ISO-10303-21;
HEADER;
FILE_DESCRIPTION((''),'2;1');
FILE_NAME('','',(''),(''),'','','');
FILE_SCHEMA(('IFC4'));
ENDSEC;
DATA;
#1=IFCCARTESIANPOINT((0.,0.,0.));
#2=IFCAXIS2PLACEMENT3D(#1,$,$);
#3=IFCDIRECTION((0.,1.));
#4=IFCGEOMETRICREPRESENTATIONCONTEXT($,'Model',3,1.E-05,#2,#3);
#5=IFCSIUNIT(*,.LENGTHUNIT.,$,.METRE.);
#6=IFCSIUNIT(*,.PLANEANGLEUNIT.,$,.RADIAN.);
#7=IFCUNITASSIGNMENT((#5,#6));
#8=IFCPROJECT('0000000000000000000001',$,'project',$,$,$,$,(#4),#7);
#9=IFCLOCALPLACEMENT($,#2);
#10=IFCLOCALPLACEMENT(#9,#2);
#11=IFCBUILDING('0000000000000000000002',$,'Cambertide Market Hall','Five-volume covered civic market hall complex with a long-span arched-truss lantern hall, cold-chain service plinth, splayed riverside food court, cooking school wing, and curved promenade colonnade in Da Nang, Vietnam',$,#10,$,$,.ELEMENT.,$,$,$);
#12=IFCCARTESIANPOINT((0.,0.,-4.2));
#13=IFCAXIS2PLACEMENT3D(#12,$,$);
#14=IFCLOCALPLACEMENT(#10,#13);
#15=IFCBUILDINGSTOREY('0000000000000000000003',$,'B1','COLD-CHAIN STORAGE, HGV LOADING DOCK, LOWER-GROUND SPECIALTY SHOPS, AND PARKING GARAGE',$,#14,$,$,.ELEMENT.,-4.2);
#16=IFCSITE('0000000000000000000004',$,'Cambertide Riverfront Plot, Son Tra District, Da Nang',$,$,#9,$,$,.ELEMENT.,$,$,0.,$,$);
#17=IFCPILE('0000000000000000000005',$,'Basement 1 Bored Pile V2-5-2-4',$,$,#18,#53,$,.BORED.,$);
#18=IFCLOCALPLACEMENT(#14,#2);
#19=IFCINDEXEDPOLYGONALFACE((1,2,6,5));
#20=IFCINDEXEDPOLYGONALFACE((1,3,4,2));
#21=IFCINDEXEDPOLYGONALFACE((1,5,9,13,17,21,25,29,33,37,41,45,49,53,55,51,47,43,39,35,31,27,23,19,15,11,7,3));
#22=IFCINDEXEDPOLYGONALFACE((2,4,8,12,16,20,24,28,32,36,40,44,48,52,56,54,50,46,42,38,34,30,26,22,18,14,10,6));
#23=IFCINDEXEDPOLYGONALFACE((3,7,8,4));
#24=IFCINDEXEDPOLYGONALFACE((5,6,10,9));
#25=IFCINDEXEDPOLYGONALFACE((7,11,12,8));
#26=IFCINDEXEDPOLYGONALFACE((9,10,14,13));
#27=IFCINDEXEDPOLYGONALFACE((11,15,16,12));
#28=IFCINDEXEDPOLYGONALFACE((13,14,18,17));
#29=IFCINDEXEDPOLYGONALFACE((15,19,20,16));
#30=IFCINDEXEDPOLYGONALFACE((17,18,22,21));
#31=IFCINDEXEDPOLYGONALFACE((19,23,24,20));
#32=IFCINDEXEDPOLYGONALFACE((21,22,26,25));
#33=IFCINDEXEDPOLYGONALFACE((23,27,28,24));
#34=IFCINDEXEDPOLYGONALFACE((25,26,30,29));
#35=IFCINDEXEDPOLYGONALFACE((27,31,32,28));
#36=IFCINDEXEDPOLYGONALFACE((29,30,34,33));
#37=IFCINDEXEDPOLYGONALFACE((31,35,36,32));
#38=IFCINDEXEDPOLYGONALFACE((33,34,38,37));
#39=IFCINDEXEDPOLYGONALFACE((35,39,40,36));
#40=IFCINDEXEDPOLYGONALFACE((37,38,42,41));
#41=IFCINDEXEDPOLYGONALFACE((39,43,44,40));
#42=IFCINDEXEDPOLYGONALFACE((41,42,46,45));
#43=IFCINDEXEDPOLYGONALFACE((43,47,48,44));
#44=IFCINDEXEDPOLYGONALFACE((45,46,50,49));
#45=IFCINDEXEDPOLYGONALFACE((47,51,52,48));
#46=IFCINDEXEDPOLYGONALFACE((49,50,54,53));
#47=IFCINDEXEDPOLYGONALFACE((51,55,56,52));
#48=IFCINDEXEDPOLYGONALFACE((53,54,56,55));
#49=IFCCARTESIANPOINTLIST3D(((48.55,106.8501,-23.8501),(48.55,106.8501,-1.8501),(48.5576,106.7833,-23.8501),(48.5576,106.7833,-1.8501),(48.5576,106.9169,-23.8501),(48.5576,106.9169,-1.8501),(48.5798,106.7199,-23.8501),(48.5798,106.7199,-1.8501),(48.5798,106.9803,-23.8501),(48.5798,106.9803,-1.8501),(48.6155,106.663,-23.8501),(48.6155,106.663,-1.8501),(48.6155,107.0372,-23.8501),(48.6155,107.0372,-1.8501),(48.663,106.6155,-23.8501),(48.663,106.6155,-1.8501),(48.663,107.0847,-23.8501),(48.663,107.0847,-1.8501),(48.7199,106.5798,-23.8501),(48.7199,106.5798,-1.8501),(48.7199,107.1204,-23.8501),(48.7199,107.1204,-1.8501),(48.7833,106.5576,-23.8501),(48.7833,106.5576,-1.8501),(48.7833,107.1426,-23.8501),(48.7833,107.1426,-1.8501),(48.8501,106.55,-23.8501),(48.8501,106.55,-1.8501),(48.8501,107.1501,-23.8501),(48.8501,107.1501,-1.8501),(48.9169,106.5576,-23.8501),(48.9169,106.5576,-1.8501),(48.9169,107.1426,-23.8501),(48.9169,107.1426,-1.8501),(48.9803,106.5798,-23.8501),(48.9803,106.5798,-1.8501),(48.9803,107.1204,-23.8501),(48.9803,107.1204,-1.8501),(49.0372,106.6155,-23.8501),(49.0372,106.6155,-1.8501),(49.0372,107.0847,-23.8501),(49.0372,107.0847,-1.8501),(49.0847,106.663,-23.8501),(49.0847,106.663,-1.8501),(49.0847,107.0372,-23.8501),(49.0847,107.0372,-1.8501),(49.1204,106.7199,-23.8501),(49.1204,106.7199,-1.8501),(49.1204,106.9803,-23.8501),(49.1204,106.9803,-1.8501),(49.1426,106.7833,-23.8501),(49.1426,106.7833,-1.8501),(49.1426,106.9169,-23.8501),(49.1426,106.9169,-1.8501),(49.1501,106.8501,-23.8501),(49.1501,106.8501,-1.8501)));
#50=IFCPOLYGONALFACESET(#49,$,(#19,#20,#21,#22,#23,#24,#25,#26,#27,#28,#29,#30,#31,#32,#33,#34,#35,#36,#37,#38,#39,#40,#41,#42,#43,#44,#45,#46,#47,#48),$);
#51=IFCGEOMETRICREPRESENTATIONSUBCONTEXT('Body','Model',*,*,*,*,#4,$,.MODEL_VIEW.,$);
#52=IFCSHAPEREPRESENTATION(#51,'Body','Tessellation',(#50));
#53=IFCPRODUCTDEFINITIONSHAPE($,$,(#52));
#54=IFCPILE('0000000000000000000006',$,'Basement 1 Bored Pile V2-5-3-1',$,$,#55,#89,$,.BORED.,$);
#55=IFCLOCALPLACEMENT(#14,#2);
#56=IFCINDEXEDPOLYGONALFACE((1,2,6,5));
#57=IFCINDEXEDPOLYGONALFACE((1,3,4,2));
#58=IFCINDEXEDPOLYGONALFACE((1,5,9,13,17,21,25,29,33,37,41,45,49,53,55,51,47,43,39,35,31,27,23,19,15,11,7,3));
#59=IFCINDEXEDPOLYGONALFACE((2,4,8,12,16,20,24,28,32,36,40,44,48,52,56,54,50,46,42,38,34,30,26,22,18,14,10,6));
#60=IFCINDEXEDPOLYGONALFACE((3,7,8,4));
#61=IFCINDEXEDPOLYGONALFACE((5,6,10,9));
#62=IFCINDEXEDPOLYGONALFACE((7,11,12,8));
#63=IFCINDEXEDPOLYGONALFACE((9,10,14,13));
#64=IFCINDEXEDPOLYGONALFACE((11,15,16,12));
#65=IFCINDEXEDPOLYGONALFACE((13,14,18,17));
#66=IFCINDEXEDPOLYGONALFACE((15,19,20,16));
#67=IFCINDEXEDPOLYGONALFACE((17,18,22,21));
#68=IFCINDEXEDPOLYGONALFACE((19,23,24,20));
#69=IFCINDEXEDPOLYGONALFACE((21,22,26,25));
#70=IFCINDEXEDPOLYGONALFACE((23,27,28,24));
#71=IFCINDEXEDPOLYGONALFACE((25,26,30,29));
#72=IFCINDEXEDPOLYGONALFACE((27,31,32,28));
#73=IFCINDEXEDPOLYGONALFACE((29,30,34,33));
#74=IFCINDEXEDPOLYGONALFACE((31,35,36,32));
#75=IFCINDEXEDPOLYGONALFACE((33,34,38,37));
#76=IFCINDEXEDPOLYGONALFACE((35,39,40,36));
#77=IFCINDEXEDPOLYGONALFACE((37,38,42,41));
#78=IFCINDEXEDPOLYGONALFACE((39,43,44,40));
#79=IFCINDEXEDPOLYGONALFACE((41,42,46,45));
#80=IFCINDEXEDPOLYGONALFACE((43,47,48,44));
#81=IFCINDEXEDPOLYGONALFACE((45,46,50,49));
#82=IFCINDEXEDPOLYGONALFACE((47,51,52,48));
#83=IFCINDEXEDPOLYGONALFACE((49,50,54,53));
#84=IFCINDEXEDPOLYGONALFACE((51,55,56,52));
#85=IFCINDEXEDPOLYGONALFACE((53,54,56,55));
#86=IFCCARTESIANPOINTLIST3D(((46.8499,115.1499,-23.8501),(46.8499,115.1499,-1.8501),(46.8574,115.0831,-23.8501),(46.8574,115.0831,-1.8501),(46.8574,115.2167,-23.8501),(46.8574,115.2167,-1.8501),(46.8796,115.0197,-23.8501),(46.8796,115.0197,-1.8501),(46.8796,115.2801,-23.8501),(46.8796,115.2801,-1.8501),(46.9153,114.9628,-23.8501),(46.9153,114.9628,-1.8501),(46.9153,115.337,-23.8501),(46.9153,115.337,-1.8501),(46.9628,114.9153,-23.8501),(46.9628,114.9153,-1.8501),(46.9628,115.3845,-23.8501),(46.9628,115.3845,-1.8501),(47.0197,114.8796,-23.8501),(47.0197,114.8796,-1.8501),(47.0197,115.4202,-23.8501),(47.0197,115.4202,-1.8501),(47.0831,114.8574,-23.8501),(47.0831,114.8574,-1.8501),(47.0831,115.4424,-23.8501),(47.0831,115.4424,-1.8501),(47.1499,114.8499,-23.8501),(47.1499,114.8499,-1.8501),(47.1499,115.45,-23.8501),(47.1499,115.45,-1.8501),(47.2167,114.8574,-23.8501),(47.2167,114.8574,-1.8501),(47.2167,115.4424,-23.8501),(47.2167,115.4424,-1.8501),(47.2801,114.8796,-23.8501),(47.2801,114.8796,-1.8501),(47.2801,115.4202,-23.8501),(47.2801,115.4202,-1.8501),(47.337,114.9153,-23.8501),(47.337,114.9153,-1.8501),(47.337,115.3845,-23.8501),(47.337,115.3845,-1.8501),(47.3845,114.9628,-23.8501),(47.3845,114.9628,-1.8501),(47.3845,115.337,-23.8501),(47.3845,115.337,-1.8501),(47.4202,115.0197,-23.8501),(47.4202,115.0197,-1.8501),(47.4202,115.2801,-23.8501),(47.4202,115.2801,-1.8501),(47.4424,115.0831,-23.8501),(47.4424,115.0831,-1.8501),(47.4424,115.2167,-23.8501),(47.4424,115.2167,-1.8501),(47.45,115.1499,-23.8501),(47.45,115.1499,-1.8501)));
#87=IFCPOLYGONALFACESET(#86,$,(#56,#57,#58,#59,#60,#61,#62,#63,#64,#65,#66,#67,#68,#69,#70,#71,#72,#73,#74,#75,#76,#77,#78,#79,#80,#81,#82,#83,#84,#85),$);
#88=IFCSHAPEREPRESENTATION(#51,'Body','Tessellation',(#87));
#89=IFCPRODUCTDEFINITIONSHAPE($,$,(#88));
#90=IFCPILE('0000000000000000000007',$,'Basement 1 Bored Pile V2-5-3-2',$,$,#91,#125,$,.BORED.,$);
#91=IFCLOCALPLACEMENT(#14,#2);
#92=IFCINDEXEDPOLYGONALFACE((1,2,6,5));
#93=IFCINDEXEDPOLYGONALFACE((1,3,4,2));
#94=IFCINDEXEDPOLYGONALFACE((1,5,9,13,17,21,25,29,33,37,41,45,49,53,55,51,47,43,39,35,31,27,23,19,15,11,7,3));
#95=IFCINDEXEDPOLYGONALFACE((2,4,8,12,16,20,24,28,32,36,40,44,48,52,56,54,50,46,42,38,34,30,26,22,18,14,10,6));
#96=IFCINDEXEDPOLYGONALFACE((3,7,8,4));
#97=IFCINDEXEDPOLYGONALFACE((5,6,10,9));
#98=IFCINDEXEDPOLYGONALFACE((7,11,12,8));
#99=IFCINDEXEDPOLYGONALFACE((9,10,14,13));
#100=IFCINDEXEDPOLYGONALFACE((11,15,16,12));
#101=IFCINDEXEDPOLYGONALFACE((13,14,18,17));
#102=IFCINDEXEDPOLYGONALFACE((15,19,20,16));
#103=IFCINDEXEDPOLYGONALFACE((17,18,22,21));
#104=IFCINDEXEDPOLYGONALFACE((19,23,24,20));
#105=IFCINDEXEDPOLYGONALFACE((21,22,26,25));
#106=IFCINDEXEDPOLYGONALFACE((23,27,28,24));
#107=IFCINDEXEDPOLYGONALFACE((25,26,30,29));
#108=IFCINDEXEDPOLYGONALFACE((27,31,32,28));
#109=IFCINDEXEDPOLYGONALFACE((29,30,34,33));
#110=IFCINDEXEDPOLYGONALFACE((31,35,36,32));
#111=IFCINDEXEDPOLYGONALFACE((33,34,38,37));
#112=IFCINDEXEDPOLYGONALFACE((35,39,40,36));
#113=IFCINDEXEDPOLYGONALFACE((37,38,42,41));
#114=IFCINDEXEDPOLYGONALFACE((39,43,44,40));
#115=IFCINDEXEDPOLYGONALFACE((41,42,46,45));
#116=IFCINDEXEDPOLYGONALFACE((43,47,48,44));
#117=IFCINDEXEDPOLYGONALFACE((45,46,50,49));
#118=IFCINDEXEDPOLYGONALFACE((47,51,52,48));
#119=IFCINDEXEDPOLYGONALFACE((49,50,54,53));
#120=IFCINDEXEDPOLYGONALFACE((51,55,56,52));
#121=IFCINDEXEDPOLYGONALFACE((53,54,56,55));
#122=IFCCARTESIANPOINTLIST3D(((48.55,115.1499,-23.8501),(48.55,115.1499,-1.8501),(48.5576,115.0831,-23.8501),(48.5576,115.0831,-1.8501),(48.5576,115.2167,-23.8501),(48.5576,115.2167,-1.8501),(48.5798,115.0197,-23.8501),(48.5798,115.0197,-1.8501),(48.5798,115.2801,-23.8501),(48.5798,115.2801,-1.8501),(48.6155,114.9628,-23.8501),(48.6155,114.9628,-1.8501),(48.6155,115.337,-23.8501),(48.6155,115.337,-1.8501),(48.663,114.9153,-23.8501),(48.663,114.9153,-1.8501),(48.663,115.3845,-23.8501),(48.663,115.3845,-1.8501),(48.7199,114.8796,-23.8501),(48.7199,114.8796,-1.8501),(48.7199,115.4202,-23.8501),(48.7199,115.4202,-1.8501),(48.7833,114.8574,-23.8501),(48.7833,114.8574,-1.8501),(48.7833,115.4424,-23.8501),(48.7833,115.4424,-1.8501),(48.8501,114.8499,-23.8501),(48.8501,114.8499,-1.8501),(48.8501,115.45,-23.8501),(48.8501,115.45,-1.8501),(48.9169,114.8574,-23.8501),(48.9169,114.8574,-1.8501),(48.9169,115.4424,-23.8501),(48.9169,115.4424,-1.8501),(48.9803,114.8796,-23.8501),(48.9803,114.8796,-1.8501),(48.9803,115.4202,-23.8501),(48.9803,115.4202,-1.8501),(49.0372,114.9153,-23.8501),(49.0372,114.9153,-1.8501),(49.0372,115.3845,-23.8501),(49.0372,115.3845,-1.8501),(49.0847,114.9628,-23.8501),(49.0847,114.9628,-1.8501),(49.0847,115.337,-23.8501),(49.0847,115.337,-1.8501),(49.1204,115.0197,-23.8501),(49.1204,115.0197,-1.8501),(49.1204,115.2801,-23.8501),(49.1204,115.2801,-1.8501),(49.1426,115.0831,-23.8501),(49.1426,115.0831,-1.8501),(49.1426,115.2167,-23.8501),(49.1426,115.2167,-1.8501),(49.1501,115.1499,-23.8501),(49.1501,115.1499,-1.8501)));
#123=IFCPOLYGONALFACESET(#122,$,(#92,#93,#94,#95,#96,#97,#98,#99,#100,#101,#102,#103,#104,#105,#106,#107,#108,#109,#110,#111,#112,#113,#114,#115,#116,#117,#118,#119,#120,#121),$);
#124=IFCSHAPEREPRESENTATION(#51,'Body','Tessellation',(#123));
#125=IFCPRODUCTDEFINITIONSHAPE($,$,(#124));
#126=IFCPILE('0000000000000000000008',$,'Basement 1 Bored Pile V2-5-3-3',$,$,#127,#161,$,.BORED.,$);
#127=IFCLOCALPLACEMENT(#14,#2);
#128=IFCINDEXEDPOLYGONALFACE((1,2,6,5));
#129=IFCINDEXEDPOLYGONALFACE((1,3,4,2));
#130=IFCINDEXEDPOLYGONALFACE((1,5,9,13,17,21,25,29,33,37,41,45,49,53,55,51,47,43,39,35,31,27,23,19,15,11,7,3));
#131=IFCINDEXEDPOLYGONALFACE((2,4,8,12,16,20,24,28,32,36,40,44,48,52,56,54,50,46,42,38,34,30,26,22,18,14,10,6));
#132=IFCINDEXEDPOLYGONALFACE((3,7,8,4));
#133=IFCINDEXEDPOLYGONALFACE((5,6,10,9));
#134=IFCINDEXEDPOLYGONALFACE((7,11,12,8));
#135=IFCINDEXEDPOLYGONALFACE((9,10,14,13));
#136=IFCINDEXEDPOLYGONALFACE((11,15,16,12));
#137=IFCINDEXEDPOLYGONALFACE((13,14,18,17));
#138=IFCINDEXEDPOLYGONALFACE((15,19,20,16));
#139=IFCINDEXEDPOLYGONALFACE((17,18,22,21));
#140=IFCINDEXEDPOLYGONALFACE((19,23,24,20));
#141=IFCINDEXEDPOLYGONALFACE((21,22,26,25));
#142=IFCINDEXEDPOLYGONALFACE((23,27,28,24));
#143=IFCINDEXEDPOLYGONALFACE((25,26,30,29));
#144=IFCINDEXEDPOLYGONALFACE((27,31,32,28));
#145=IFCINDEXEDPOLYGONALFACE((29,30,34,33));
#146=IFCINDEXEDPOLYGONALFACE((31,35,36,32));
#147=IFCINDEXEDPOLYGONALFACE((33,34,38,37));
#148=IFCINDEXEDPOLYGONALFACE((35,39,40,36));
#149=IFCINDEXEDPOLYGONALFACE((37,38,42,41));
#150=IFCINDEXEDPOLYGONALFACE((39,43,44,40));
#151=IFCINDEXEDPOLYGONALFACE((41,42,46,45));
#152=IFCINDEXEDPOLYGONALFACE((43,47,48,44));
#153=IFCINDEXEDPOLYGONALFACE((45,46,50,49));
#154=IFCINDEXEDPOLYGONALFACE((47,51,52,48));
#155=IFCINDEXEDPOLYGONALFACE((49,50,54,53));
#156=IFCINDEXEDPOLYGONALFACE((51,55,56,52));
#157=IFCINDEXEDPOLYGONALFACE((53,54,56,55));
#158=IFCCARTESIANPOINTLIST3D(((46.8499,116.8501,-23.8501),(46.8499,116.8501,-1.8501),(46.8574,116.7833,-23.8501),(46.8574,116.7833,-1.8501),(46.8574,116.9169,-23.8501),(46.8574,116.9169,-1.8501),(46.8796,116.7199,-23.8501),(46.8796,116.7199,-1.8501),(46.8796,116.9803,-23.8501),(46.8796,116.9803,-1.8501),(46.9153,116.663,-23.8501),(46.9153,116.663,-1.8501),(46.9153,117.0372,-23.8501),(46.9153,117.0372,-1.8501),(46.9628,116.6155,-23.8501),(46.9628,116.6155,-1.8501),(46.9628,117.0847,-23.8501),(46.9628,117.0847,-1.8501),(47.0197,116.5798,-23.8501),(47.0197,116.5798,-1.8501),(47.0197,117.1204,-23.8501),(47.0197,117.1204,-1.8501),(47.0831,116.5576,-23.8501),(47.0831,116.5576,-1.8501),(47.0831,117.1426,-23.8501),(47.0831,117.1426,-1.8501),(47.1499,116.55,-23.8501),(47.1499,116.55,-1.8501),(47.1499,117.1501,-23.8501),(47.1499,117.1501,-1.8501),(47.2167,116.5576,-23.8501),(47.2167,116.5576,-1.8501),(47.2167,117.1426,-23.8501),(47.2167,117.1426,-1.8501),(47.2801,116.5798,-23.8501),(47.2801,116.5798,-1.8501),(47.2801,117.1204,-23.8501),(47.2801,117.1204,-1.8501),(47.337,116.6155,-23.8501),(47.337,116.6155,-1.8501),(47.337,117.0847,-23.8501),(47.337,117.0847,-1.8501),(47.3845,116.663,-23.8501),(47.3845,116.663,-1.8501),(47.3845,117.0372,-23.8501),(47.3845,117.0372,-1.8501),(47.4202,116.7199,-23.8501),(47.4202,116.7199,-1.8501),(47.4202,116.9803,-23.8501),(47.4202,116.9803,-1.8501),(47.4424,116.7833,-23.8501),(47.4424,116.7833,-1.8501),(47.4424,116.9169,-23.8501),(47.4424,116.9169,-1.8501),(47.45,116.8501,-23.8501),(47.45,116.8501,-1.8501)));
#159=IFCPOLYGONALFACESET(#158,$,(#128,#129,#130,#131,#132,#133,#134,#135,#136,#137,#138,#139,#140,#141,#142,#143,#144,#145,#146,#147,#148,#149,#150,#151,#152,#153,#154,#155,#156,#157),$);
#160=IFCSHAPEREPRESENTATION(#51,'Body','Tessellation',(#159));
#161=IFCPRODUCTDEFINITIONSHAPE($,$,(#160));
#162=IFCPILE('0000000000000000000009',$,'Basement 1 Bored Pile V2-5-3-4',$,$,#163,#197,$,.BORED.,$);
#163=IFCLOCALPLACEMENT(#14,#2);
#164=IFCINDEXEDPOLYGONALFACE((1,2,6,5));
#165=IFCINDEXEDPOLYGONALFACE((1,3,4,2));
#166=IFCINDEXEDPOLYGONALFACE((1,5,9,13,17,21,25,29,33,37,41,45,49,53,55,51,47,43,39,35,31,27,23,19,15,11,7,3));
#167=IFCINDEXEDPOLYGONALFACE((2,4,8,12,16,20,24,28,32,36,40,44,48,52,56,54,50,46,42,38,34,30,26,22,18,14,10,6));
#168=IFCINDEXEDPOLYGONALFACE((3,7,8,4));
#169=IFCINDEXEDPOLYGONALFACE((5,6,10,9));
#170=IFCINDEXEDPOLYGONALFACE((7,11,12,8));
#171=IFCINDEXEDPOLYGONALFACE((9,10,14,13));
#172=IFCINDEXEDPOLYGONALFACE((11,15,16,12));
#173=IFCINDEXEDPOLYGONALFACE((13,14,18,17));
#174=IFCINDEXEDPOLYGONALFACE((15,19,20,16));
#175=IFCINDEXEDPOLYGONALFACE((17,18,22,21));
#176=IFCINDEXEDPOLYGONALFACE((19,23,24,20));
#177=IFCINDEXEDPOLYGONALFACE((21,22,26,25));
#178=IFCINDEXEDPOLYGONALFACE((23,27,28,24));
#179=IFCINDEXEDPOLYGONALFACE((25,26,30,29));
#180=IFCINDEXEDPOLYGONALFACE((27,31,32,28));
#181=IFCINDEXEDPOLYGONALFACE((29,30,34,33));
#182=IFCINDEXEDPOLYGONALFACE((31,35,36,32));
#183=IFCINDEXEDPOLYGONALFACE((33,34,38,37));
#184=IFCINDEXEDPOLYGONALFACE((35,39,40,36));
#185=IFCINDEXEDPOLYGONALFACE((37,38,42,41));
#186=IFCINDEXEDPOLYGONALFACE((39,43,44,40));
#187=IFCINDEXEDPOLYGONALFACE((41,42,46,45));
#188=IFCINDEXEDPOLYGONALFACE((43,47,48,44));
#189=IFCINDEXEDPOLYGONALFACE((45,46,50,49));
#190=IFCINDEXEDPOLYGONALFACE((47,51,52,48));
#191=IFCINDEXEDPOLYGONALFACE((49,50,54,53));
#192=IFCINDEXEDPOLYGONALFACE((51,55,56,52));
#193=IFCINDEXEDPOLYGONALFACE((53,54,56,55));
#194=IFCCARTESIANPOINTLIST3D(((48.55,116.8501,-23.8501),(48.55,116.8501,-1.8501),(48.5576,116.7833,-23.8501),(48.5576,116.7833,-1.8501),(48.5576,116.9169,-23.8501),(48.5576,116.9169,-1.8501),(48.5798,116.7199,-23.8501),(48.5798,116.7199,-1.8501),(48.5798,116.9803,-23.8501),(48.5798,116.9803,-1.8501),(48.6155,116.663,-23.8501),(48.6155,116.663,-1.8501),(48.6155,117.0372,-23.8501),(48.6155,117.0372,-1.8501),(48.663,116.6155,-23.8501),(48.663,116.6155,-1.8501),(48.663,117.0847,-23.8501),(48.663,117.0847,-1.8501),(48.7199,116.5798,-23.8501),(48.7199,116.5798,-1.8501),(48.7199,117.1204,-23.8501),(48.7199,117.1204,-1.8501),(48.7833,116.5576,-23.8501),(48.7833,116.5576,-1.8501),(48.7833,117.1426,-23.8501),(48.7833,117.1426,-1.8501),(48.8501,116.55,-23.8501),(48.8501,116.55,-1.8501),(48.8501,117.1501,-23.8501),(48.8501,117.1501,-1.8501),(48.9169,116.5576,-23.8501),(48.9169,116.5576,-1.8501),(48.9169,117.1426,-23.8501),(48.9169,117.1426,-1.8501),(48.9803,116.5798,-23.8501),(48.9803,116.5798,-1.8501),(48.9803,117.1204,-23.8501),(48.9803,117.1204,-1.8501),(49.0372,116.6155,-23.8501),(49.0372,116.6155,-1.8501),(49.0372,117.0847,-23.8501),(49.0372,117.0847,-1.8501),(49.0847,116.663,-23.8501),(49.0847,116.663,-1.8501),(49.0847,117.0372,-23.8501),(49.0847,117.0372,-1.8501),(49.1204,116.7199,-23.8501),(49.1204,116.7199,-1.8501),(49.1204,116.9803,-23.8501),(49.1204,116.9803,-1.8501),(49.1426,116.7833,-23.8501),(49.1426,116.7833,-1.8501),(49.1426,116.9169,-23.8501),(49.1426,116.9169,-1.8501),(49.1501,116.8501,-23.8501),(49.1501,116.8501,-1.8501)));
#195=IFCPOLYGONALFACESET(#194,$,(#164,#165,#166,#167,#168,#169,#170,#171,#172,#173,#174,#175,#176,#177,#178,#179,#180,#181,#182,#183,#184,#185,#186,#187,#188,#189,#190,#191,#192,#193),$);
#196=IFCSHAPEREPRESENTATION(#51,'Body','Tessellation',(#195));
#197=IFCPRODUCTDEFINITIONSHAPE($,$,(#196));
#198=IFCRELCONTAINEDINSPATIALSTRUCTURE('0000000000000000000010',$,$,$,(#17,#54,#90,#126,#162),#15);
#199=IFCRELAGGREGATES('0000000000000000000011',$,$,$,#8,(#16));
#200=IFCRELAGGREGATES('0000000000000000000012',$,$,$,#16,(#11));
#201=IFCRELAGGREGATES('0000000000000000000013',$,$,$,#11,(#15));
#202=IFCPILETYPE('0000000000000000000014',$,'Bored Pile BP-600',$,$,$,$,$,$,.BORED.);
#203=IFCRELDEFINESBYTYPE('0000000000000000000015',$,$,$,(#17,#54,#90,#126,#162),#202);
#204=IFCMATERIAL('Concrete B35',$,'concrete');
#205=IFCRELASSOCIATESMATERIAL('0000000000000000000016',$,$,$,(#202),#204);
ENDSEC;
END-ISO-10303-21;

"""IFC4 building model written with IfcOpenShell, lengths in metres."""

from ifc_helpers import new_model, si_unit, direction, frame, origin, origin_2d, place, context, subcontext, project, spatial, circle, extrude, material, material_profile, profile_set, type_object, element, save


model = new_model("IFC4")

# Units and contexts
model_context = context("Model", 3, precision=1e-05, world=origin(), true_north=direction((0.0, 1.0)))
body_context = subcontext(model_context, "Body", "Model", "MODEL_VIEW")
ifc_project = project(units=[si_unit("LENGTHUNIT", "METRE"), si_unit("PLANEANGLEUNIT", "RADIAN")], contexts=[model_context])

# Site, building, storey
site_placement = place(None, origin())
site = spatial("IfcSite", under=ifc_project, at=site_placement, Name="Cambertide Riverfront Plot, Son Tra District, Da Nang", CompositionType="ELEMENT", RefElevation=0.0)
building_placement = place(site_placement, origin())
building = spatial("IfcBuilding", under=site, at=building_placement, Name="Cambertide Market Hall", Description="Five-volume covered civic market hall complex with a long-span arched-truss lantern hall, cold-chain service plinth, splayed riverside food court, cooking school wing, and curved promenade colonnade in Da Nang, Vietnam", CompositionType="ELEMENT")
storey_placement = place(building_placement, frame((0.0, 0.0, -4.2)))
storey = spatial("IfcBuildingStorey", under=building, at=storey_placement, Name="B1", Description="COLD-CHAIN STORAGE, HGV LOADING DOCK, LOWER-GROUND SPECIALTY SHOPS, AND PARKING GARAGE", CompositionType="ELEMENT", Elevation=-4.2)

# Piles
ifc_material_1 = material(Name="Concrete B35", Category="concrete")
ifc_material_profile_1 = material_profile(ifc_material_1, circle(Radius=0.3, at=origin_2d()), Name="BP D600")
ifc_profile_set_1 = profile_set([ifc_material_profile_1], Name="Concrete B35")
pile_type = type_object("IfcPileType", Name="Bored Pile BP-600", PredefinedType="BORED", material=ifc_profile_set_1)
for number, where, z_axis, x_axis, name in (
    (1, (48.8501, 106.8501, -1.8501), (0.0, 0.0, -1.0), (1.0, 0.0, 0.0), "Basement 1 Bored Pile V2-5-2-4"),
    (2, (47.1499, 115.1499, -1.8501), (0.0, 0.0, -1.0), (1.0, 0.0, 0.0), "Basement 1 Bored Pile V2-5-3-1"),
    (3, (48.8501, 115.1499, -1.8501), (0.0, 0.0, -1.0), (1.0, 0.0, 0.0), "Basement 1 Bored Pile V2-5-3-2"),
    (4, (47.1499, 116.8501, -1.8501), (0.0, 0.0, -1.0), (1.0, 0.0, 0.0), "Basement 1 Bored Pile V2-5-3-3"),
    (5, (48.8501, 116.8501, -1.8501), (0.0, 0.0, -1.0), (1.0, 0.0, 0.0), "Basement 1 Bored Pile V2-5-3-4"),
):
    element("IfcPile", number, at=place(storey_placement, frame(where, z_axis=z_axis, x_axis=x_axis)), inside=storey, type_object=pile_type, Name=name, PredefinedType="BORED", context=body_context, shape_type="SweptSolid", body=[
        extrude(circle(Radius=0.3, at=origin_2d()), origin(), (0.0, 0.0, 1.0), 22.0),
    ])

save(model, "model.ifc")
